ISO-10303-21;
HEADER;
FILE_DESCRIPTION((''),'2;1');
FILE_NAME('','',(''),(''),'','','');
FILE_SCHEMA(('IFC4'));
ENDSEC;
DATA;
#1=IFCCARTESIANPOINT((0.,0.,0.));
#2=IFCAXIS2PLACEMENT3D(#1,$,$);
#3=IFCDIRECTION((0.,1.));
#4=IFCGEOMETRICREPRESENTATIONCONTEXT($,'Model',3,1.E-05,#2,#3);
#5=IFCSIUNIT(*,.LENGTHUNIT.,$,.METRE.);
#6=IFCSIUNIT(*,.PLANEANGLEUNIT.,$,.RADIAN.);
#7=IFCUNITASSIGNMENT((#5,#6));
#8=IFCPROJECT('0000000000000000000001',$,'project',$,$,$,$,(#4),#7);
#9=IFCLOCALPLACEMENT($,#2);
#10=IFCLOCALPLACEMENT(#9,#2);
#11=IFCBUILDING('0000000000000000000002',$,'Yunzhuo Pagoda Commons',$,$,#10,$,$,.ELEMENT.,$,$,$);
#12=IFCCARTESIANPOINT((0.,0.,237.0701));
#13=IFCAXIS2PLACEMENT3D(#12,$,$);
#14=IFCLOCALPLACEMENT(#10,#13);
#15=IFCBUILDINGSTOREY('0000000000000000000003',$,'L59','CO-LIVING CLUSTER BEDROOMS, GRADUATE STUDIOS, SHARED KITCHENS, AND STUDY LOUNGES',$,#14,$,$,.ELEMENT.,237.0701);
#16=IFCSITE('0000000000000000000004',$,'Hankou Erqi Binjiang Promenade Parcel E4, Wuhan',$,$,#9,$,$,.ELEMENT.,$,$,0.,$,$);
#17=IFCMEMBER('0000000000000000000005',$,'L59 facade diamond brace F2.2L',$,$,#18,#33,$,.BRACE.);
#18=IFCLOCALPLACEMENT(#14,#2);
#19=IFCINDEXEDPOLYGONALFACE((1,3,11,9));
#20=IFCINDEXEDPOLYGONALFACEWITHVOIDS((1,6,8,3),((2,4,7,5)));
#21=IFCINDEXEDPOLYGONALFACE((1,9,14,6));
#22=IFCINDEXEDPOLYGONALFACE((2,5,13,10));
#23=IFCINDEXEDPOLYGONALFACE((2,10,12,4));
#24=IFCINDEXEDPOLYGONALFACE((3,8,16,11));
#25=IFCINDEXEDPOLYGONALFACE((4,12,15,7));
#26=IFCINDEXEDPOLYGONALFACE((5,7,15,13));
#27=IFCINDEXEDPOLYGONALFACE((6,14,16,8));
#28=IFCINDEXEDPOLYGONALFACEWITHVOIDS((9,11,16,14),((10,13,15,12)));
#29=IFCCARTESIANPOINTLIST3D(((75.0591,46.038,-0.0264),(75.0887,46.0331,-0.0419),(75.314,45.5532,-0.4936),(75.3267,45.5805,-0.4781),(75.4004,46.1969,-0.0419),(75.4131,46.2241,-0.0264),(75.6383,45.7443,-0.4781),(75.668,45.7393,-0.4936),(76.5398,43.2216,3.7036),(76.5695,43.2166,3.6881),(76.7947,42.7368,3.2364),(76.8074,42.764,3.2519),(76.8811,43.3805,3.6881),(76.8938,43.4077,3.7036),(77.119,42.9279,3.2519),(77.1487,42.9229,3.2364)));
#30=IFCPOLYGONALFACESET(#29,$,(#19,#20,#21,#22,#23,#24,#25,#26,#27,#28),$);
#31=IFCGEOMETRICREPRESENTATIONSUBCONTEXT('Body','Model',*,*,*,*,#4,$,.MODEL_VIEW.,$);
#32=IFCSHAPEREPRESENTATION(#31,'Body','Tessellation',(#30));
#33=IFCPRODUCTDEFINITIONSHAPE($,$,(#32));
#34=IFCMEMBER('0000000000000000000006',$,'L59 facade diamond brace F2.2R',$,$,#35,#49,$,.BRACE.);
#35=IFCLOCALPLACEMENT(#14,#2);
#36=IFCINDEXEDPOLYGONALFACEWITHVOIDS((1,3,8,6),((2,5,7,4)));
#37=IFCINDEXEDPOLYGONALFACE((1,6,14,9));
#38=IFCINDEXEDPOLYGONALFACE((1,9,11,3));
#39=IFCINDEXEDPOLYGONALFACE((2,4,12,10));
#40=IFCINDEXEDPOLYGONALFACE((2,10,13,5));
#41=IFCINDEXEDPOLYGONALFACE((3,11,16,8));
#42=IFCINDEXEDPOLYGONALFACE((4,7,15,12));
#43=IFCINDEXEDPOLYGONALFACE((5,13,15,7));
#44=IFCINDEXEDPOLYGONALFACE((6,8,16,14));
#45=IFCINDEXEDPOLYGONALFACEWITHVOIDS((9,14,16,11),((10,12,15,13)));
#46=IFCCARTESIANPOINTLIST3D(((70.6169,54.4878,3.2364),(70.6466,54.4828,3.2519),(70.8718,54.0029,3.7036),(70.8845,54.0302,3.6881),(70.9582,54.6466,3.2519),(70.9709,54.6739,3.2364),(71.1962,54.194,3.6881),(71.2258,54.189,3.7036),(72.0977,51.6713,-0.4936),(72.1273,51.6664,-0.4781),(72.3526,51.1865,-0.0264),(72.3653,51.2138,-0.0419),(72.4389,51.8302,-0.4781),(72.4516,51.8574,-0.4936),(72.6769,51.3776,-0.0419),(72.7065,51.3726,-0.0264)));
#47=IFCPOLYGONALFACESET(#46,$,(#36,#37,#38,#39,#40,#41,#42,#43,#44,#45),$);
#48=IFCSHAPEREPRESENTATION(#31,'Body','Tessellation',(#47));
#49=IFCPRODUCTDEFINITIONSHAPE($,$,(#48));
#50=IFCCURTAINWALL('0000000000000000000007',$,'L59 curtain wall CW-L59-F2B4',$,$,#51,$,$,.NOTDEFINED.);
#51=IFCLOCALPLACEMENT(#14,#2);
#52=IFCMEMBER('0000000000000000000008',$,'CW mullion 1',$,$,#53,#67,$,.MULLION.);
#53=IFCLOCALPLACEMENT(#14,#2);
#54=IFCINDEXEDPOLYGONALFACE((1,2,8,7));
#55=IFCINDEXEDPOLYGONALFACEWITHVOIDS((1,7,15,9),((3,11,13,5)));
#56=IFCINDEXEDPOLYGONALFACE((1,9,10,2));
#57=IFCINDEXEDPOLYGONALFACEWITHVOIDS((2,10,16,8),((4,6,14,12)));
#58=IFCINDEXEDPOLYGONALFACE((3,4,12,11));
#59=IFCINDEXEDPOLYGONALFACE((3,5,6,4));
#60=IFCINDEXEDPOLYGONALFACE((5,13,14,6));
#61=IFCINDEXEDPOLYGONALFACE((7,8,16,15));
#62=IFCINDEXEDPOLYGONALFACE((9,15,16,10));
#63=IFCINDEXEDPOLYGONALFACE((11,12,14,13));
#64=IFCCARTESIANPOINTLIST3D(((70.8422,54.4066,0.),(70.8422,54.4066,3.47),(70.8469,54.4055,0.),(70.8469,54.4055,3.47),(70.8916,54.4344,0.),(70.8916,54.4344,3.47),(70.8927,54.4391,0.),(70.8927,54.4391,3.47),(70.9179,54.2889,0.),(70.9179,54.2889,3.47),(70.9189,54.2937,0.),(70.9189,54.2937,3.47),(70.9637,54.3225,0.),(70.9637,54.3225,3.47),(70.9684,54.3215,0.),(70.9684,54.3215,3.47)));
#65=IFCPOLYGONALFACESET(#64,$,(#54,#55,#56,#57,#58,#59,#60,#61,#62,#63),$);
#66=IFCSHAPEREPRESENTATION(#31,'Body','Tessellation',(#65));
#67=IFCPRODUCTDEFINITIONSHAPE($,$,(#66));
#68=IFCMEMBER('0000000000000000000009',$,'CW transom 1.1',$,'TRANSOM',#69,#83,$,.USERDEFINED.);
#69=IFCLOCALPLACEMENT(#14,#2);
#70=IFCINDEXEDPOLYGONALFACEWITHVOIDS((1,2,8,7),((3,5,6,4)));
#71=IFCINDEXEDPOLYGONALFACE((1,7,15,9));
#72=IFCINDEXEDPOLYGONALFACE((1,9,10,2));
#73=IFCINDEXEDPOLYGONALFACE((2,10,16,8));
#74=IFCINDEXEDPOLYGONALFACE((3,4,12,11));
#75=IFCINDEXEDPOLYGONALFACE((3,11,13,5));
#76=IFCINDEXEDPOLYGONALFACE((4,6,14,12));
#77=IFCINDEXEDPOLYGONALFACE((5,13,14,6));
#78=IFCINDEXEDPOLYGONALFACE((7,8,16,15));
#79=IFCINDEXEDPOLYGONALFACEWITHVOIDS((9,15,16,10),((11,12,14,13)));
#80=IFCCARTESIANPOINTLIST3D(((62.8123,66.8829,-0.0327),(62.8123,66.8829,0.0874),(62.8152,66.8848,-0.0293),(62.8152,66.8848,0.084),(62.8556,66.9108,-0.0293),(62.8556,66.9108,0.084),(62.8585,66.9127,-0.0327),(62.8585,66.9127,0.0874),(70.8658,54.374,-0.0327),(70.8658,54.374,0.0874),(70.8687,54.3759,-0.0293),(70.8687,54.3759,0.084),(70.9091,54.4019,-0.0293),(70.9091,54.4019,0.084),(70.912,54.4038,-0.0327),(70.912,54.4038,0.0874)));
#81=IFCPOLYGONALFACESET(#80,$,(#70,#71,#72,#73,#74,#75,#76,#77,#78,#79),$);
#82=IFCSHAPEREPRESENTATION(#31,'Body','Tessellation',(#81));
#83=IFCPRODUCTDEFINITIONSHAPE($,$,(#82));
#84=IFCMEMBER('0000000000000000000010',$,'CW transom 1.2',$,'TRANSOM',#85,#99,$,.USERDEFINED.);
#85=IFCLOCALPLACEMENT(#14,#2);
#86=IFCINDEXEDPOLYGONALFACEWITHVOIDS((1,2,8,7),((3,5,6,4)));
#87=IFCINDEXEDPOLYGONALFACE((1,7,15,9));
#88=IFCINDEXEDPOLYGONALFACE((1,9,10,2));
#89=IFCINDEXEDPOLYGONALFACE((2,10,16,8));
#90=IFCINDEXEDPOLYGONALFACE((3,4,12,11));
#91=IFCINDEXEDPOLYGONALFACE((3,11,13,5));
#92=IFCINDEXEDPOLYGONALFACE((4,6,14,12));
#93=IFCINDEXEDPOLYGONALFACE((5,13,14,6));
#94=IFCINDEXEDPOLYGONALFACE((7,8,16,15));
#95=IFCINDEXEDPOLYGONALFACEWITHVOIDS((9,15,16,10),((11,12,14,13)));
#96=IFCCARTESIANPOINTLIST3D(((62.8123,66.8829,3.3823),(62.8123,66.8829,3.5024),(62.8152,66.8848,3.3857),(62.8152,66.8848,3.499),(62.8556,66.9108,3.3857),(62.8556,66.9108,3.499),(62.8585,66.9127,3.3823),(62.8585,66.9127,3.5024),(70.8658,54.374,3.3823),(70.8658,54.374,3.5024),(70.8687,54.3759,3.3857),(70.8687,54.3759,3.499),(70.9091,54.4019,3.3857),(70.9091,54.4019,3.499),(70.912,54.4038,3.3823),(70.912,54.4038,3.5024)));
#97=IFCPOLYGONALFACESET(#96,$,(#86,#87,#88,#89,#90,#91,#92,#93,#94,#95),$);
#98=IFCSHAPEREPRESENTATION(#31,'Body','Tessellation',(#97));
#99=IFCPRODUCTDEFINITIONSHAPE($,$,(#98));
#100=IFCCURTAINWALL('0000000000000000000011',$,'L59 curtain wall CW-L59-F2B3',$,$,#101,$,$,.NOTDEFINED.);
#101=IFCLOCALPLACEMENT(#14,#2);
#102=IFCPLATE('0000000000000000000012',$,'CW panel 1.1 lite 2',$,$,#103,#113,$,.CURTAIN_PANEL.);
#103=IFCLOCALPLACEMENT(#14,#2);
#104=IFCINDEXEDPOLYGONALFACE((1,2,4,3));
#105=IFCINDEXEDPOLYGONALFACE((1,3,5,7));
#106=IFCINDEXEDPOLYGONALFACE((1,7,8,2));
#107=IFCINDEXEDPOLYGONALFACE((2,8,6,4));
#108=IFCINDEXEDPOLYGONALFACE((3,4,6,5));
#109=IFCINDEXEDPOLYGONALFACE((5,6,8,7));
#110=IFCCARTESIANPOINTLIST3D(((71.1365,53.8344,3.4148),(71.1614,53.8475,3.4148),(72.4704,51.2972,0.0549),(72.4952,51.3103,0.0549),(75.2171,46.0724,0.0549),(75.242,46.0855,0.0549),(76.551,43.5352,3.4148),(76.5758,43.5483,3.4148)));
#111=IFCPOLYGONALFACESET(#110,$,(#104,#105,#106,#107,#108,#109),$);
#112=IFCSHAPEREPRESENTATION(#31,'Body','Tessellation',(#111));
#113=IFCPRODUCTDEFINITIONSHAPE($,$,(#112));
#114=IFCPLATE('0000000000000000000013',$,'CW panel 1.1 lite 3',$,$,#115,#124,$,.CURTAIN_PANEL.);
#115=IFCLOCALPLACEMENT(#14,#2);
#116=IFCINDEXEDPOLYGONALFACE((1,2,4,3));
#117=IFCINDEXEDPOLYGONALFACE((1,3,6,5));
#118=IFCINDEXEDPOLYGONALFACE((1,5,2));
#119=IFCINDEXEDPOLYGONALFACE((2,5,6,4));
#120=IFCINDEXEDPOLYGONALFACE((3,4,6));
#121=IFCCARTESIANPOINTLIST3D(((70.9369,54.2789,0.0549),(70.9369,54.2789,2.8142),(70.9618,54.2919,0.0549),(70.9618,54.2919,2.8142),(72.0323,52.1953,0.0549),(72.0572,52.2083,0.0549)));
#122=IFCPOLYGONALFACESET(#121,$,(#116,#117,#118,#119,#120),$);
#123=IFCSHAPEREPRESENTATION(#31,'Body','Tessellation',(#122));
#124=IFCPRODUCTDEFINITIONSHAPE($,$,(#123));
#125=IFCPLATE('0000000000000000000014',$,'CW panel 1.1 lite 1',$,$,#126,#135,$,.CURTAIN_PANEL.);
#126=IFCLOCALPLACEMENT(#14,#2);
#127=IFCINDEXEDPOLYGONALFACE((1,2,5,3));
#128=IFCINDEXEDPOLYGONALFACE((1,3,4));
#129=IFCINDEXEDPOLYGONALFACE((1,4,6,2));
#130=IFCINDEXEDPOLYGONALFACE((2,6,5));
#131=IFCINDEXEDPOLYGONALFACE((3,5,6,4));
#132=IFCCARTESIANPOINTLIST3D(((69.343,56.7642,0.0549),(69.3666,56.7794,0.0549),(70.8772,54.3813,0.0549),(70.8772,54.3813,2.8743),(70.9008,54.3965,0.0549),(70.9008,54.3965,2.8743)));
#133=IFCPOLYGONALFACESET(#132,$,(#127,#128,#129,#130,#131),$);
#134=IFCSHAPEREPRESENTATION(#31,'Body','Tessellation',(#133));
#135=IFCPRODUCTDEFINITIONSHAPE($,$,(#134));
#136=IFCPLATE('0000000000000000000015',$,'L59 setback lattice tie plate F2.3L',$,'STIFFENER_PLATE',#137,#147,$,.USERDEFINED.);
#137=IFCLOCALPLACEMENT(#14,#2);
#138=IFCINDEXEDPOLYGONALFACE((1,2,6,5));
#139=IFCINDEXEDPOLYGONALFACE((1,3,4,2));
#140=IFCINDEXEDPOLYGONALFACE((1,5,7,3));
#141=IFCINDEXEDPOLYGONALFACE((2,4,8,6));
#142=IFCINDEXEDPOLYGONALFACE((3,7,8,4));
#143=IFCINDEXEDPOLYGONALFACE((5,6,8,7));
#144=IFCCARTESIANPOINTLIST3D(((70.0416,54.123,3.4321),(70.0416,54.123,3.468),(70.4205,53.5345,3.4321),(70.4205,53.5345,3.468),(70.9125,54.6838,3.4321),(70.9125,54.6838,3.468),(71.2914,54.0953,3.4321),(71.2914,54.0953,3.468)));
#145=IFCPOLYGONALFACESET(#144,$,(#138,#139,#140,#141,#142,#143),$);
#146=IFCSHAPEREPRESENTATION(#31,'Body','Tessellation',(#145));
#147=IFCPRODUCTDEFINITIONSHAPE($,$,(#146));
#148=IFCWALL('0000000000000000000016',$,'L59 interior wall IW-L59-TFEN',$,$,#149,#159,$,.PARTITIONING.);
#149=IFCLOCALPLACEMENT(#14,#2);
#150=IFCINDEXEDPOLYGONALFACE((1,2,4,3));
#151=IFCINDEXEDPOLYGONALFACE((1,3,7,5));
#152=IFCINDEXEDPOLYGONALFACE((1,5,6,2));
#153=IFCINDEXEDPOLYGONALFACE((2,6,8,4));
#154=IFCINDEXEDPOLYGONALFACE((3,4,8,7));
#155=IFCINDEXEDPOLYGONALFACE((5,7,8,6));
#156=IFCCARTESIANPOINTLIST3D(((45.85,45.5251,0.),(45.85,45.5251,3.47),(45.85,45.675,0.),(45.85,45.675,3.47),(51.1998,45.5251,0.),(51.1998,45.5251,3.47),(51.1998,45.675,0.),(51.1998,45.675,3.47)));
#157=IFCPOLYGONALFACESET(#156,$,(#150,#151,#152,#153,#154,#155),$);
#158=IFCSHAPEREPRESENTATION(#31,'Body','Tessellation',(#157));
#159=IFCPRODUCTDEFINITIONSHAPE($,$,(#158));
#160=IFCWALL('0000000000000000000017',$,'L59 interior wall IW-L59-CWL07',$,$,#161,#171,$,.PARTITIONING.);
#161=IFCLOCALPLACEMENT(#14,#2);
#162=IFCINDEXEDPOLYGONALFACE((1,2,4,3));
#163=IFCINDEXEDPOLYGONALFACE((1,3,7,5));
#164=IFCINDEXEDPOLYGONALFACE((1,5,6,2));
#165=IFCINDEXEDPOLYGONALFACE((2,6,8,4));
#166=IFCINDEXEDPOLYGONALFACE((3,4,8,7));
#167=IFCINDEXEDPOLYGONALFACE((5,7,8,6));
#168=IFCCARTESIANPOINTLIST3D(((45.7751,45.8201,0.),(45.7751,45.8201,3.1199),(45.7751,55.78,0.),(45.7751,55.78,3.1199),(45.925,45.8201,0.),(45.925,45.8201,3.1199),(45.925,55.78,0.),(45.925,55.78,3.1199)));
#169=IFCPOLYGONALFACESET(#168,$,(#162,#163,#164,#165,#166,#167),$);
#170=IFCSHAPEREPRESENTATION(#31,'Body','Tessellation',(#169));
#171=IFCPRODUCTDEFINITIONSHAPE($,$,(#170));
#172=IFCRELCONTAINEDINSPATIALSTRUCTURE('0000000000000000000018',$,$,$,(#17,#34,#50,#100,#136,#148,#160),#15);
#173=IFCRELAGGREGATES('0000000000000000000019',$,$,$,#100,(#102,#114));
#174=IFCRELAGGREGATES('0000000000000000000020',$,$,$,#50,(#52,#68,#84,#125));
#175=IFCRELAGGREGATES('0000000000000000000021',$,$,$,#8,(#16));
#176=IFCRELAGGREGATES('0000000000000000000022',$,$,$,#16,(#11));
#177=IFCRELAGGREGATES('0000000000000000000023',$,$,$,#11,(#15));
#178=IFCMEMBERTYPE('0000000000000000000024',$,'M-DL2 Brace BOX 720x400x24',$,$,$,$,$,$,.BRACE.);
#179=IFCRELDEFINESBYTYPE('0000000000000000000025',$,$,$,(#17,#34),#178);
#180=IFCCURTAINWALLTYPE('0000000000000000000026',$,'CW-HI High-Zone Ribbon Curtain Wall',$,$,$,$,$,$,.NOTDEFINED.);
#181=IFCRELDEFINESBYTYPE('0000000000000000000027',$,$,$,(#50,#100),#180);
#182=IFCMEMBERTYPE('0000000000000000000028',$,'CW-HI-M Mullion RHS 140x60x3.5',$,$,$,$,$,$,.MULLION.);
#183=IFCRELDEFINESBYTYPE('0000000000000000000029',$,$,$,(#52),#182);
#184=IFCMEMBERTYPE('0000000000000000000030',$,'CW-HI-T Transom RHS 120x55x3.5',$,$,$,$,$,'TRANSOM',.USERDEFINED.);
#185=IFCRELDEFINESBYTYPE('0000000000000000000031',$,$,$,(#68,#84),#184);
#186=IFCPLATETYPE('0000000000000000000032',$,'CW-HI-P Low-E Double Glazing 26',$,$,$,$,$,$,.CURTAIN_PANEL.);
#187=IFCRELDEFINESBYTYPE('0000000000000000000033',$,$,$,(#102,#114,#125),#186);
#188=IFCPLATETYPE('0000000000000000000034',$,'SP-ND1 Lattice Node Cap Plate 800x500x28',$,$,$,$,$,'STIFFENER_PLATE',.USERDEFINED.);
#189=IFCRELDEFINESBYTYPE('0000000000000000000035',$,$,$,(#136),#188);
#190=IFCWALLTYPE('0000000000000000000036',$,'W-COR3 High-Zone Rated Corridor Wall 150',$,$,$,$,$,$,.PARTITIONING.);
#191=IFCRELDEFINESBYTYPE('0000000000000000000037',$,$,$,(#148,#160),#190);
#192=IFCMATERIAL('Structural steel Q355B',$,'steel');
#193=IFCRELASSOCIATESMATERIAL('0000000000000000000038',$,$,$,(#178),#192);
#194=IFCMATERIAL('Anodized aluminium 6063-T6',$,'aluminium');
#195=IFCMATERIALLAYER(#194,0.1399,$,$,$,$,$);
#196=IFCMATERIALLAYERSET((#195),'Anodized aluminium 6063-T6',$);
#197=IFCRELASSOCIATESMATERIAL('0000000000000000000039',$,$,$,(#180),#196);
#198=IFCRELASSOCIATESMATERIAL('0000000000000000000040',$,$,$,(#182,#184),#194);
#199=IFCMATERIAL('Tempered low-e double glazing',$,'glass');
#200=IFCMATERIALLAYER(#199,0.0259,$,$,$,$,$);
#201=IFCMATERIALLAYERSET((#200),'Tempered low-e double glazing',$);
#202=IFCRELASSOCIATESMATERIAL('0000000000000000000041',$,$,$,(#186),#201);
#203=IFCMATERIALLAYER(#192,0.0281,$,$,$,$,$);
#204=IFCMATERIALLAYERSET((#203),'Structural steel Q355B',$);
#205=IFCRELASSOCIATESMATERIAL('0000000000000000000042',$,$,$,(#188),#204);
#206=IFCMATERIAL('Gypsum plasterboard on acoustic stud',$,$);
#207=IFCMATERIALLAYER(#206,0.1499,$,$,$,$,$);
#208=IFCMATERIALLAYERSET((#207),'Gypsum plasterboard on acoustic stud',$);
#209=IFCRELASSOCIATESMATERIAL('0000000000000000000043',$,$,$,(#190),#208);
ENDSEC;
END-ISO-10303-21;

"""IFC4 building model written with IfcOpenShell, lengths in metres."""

from ifc_helpers import new_model, si_unit, direction, frame, frame_2d, origin, origin_2d, place, context, subcontext, project, spatial, polyline, rectangle, hollow_rectangle, outline, extrude, source, transform, mapped, material, layer, layer_set, material_profile, profile_set, type_object, element, aggregate, save


model = new_model("IFC4")

# Units and contexts
model_context = context("Model", 3, precision=1e-05, world=origin(), true_north=direction((0.0, 1.0)))
body_context = subcontext(model_context, "Body", "Model", "MODEL_VIEW")
ifc_project = project(units=[si_unit("LENGTHUNIT", "METRE"), si_unit("PLANEANGLEUNIT", "RADIAN")], contexts=[model_context])

# Site, building, storey
site_placement = place(None, origin())
site = spatial("IfcSite", under=ifc_project, at=site_placement, Name="Hankou Erqi Binjiang Promenade Parcel E4, Wuhan", CompositionType="ELEMENT", RefElevation=0.0)
building_placement = place(site_placement, origin())
building = spatial("IfcBuilding", under=site, at=building_placement, Name="Yunzhuo Pagoda Commons", CompositionType="ELEMENT")
storey_placement = place(building_placement, frame((0.0, 0.0, 237.0701)))
storey = spatial("IfcBuildingStorey", under=building, at=storey_placement, Name="L59", Description="CO-LIVING CLUSTER BEDROOMS, GRADUATE STUDIOS, SHARED KITCHENS, AND STUDY LOUNGES", CompositionType="ELEMENT", Elevation=237.0701)

# Shared definitions
ifc_material_1 = material(Name="Structural steel Q355B", Category="steel")

# Members
ifc_material_profile_1 = material_profile(ifc_material_1, hollow_rectangle(XDim=0.3999, YDim=0.72, WallThickness=0.0239, at=origin_2d()), Name="Structural steel Q355B")
ifc_profile_set_1 = profile_set([ifc_material_profile_1], Name="Structural steel Q355B")
member_type_1 = type_object("IfcMemberType", Name="M-DL2 Brace BOX 720x400x24", PredefinedType="BRACE", material=ifc_profile_set_1)
shared_shape_1 = source(origin(), body_context, "Body", "SweptSolid", [
    extrude(hollow_rectangle(XDim=0.3999, YDim=0.72, WallThickness=0.0239, at=origin_2d()), origin(), (0.0, 0.0, 1.0), 4.9028),
])
for number, where, z_axis, x_axis, name in (
    (1, (75.3635, 45.8887, -0.26), (0.302014, -0.574449, 0.760786), (0.885126, 0.465351, 0.0), "L59 facade diamond brace F2.2L"),
    (2, (72.4021, 51.522, -0.26), (-0.302014, 0.574449, 0.760786), (-0.885126, -0.465351, 0.0), "L59 facade diamond brace F2.2R"),
):
    element("IfcMember", number, at=place(storey_placement, frame(where, z_axis=z_axis, x_axis=x_axis)), inside=storey, type_object=member_type_1, Name=name, PredefinedType="BRACE", context=body_context, shape_type="MappedRepresentation", body=[
        mapped(shared_shape_1, transform((0.0, 0.0, 0.0), scale=1.0)),
    ])

# Curtain wall, members
ifc_material_2 = material(Name="Anodized aluminium 6063-T6", Category="aluminium")
ifc_layer_1 = layer(ifc_material_2, 0.1399)
ifc_layer_set_1 = layer_set([ifc_layer_1], Name="Anodized aluminium 6063-T6")
curtain_wall_type = type_object("IfcCurtainWallType", Name="CW-HI High-Zone Ribbon Curtain Wall", PredefinedType="NOTDEFINED", material=ifc_layer_set_1)
curtain_wall_1_placement = place(storey_placement, origin())
curtain_wall_1 = element("IfcCurtainWall", 3, at=curtain_wall_1_placement, inside=storey, type_object=curtain_wall_type, Name="L59 curtain wall CW-L59-F2B4", PredefinedType="NOTDEFINED")
ifc_material_profile_2 = material_profile(ifc_material_2, hollow_rectangle(XDim=0.0601, YDim=0.1399, WallThickness=0.0034, at=origin_2d()), Name="Anodized aluminium 6063-T6")
ifc_profile_set_2 = profile_set([ifc_material_profile_2], Name="Anodized aluminium 6063-T6")
member_type_2 = type_object("IfcMemberType", Name="CW-HI-M Mullion RHS 140x60x3.5", PredefinedType="MULLION", material=ifc_profile_set_2)
shared_shape_2 = source(origin(), body_context, "Body", "SweptSolid", [
    extrude(hollow_rectangle(XDim=0.0601, YDim=0.1399, WallThickness=0.0034, at=origin_2d()), origin(), (0.0, 0.0, 1.0), 3.47),
])
member_1_placement = place(storey_placement, frame((70.9053, 54.364, 0.0), z_axis=(0.0, 0.0, 1.0), x_axis=(-0.840807, -0.541334, 0.0)))
member_1 = element("IfcMember", 4, at=member_1_placement, type_object=member_type_2, Name="CW mullion 1", PredefinedType="MULLION", context=body_context, shape_type="MappedRepresentation", body=[
    mapped(shared_shape_2, transform((0.0, 0.0, 0.0), scale=1.0)),
])
ifc_material_profile_3 = material_profile(ifc_material_2, hollow_rectangle(XDim=0.0549, YDim=0.1201, WallThickness=0.0034, at=origin_2d()), Name="Anodized aluminium 6063-T6")
ifc_profile_set_3 = profile_set([ifc_material_profile_3], Name="Anodized aluminium 6063-T6")
member_type_3 = type_object("IfcMemberType", Name="CW-HI-T Transom RHS 120x55x3.5", ElementType="TRANSOM", PredefinedType="USERDEFINED", material=ifc_profile_set_3)
shared_shape_3 = source(origin(), body_context, "Body", "SweptSolid", [
    extrude(hollow_rectangle(XDim=0.0549, YDim=0.1201, WallThickness=0.0034, at=origin_2d()), origin(), (0.0, 0.0, 1.0), 14.8772),
])
member_2_placement = place(storey_placement, frame((70.8889, 54.3889, 0.0273), z_axis=(-0.541333, 0.840808, 0.0), x_axis=(-0.840808, -0.541333, 0.0)))
member_2 = element("IfcMember", 5, at=member_2_placement, type_object=member_type_3, Name="CW transom 1.1", ObjectType="TRANSOM", PredefinedType="USERDEFINED", context=body_context, shape_type="MappedRepresentation", body=[
    mapped(shared_shape_3, transform((0.0, 0.0, 0.0), scale=1.0)),
])
member_3_placement = place(storey_placement, frame((70.8889, 54.3889, 3.4424), z_axis=(-0.541333, 0.840808, 0.0), x_axis=(-0.840808, -0.541333, 0.0)))
member_3 = element("IfcMember", 6, at=member_3_placement, type_object=member_type_3, Name="CW transom 1.2", ObjectType="TRANSOM", PredefinedType="USERDEFINED", context=body_context, shape_type="MappedRepresentation", body=[
    mapped(shared_shape_3, transform((0.0, 0.0, 0.0), scale=1.0)),
])

# Curtain wall, plates
curtain_wall_2_placement = place(storey_placement, origin())
curtain_wall_2 = element("IfcCurtainWall", 7, at=curtain_wall_2_placement, inside=storey, type_object=curtain_wall_type, Name="L59 curtain wall CW-L59-F2B3", PredefinedType="NOTDEFINED")
ifc_material_3 = material(Name="Tempered low-e double glazing", Category="glass")
ifc_layer_2 = layer(ifc_material_3, 0.0259)
ifc_layer_set_2 = layer_set([ifc_layer_2], Name="Tempered low-e double glazing")
plate_type_1 = type_object("IfcPlateType", Name="CW-HI-P Low-E Double Glazing 26", PredefinedType="CURTAIN_PANEL", material=ifc_layer_set_2)
plate_1_placement = place(storey_placement, frame((73.8438, 48.6848, 1.7349), z_axis=(0.885138, 0.465329, 0.0), x_axis=(-0.465329, 0.885138, 0.0)))
plate_1 = element("IfcPlate", 8, at=plate_1_placement, type_object=plate_type_1, Name="CW panel 1.1 lite 2", PredefinedType="CURTAIN_PANEL", context=body_context, shape_type="SweptSolid", body=[
    extrude(outline(polyline([(-5.8179, 1.6799), (-2.9514, -1.6799), (2.9514, -1.6799), (5.8179, 1.6799), (-5.8179, 1.6799)])), origin(), (0.0, 0.0, 1.0), 0.0281),
])
plate_2_placement = place(storey_placement, frame((71.4846, 53.2371, 1.4346), z_axis=(0.885138, 0.465329, 0.0), x_axis=(-0.465329, 0.885138, 0.0)))
plate_2 = element("IfcPlate", 9, at=plate_2_placement, type_object=plate_type_1, Name="CW panel 1.1 lite 3", PredefinedType="CURTAIN_PANEL", context=body_context, shape_type="SweptSolid", body=[
    extrude(outline(polyline([(-1.177, -1.3796), (1.177, -1.3796), (1.177, 1.3796), (-1.177, -1.3796)])), origin(), (0.0, 0.0, 1.0), 0.0281),
])
aggregate(curtain_wall_2, [plate_1, plate_2])

# Plates
plate_3_placement = place(storey_placement, frame((70.1101, 55.5728, 1.4646), z_axis=(0.840807, 0.541334, 0.0), x_axis=(-0.541334, 0.840807, 0.0)))
plate_3 = element("IfcPlate", 10, at=plate_3_placement, type_object=plate_type_1, Name="CW panel 1.1 lite 1", PredefinedType="CURTAIN_PANEL", context=body_context, shape_type="SweptSolid", body=[
    extrude(outline(polyline([(-1.417, -1.4097), (1.417, -1.4097), (-1.417, 1.4097), (-1.417, -1.4097)])), origin(), (0.0, 0.0, 1.0), 0.0281),
])
aggregate(curtain_wall_1, [member_1, member_2, member_3, plate_3])
ifc_layer_3 = layer(ifc_material_1, 0.0281)
ifc_layer_set_3 = layer_set([ifc_layer_3], Name="Structural steel Q355B")
plate_type_2 = type_object("IfcPlateType", Name="SP-ND1 Lattice Node Cap Plate 800x500x28", ElementType="STIFFENER_PLATE", PredefinedType="USERDEFINED", material=ifc_layer_set_3)
shared_shape_4 = source(origin(), body_context, "Body", "SweptSolid", [
    extrude(rectangle(XDim=0.7, YDim=1.0359, at=origin_2d()), origin(), (0.0, 0.0, 1.0), 0.0359),
])
plate_4_placement = place(storey_placement, frame((70.6665, 54.1091, 3.4321), z_axis=(0.0, 0.0, 1.0), x_axis=(-0.541341, 0.840803, 0.0)))
element("IfcPlate", 11, at=plate_4_placement, inside=storey, type_object=plate_type_2, Name="L59 setback lattice tie plate F2.3L", ObjectType="STIFFENER_PLATE", PredefinedType="USERDEFINED", context=body_context, shape_type="MappedRepresentation", body=[
    mapped(shared_shape_4, transform((0.0, 0.0, 0.0), scale=1.0)),
])

# Walls
ifc_material_4 = material(Name="Gypsum plasterboard on acoustic stud")
ifc_layer_4 = layer(ifc_material_4, 0.1499)
ifc_layer_set_4 = layer_set([ifc_layer_4], Name="Gypsum plasterboard on acoustic stud")
wall_type_1 = type_object("IfcWallType", Name="W-COR3 High-Zone Rated Corridor Wall 150", PredefinedType="PARTITIONING", material=ifc_layer_set_4)
wall_1_placement = place(storey_placement, frame((45.8501, 45.6001, 0.0), z_axis=(0.0, 0.0, 1.0), x_axis=(1.0, 0.0, 0.0)))
element("IfcWall", 12, at=wall_1_placement, inside=storey, type_object=wall_type_1, Name="L59 interior wall IW-L59-TFEN", PredefinedType="PARTITIONING", context=body_context, shape_type="SweptSolid", body=[
    extrude(rectangle(XDim=5.3499, YDim=0.1499, at=frame_2d((2.6748, 0.0))), origin(), (0.0, 0.0, 1.0), 3.47),
])
wall_2_placement = place(storey_placement, frame((45.8501, 55.78, 0.0), z_axis=(0.0, 0.0, 1.0), x_axis=(0.0, -1.0, 0.0)))
element("IfcWall", 13, at=wall_2_placement, inside=storey, type_object=wall_type_1, Name="L59 interior wall IW-L59-CWL07", PredefinedType="PARTITIONING", context=body_context, shape_type="SweptSolid", body=[
    extrude(rectangle(XDim=9.96, YDim=0.1499, at=frame_2d((4.98, 0.0))), origin(), (0.0, 0.0, 1.0), 3.1199),
])

save(model, "model.ifc")
